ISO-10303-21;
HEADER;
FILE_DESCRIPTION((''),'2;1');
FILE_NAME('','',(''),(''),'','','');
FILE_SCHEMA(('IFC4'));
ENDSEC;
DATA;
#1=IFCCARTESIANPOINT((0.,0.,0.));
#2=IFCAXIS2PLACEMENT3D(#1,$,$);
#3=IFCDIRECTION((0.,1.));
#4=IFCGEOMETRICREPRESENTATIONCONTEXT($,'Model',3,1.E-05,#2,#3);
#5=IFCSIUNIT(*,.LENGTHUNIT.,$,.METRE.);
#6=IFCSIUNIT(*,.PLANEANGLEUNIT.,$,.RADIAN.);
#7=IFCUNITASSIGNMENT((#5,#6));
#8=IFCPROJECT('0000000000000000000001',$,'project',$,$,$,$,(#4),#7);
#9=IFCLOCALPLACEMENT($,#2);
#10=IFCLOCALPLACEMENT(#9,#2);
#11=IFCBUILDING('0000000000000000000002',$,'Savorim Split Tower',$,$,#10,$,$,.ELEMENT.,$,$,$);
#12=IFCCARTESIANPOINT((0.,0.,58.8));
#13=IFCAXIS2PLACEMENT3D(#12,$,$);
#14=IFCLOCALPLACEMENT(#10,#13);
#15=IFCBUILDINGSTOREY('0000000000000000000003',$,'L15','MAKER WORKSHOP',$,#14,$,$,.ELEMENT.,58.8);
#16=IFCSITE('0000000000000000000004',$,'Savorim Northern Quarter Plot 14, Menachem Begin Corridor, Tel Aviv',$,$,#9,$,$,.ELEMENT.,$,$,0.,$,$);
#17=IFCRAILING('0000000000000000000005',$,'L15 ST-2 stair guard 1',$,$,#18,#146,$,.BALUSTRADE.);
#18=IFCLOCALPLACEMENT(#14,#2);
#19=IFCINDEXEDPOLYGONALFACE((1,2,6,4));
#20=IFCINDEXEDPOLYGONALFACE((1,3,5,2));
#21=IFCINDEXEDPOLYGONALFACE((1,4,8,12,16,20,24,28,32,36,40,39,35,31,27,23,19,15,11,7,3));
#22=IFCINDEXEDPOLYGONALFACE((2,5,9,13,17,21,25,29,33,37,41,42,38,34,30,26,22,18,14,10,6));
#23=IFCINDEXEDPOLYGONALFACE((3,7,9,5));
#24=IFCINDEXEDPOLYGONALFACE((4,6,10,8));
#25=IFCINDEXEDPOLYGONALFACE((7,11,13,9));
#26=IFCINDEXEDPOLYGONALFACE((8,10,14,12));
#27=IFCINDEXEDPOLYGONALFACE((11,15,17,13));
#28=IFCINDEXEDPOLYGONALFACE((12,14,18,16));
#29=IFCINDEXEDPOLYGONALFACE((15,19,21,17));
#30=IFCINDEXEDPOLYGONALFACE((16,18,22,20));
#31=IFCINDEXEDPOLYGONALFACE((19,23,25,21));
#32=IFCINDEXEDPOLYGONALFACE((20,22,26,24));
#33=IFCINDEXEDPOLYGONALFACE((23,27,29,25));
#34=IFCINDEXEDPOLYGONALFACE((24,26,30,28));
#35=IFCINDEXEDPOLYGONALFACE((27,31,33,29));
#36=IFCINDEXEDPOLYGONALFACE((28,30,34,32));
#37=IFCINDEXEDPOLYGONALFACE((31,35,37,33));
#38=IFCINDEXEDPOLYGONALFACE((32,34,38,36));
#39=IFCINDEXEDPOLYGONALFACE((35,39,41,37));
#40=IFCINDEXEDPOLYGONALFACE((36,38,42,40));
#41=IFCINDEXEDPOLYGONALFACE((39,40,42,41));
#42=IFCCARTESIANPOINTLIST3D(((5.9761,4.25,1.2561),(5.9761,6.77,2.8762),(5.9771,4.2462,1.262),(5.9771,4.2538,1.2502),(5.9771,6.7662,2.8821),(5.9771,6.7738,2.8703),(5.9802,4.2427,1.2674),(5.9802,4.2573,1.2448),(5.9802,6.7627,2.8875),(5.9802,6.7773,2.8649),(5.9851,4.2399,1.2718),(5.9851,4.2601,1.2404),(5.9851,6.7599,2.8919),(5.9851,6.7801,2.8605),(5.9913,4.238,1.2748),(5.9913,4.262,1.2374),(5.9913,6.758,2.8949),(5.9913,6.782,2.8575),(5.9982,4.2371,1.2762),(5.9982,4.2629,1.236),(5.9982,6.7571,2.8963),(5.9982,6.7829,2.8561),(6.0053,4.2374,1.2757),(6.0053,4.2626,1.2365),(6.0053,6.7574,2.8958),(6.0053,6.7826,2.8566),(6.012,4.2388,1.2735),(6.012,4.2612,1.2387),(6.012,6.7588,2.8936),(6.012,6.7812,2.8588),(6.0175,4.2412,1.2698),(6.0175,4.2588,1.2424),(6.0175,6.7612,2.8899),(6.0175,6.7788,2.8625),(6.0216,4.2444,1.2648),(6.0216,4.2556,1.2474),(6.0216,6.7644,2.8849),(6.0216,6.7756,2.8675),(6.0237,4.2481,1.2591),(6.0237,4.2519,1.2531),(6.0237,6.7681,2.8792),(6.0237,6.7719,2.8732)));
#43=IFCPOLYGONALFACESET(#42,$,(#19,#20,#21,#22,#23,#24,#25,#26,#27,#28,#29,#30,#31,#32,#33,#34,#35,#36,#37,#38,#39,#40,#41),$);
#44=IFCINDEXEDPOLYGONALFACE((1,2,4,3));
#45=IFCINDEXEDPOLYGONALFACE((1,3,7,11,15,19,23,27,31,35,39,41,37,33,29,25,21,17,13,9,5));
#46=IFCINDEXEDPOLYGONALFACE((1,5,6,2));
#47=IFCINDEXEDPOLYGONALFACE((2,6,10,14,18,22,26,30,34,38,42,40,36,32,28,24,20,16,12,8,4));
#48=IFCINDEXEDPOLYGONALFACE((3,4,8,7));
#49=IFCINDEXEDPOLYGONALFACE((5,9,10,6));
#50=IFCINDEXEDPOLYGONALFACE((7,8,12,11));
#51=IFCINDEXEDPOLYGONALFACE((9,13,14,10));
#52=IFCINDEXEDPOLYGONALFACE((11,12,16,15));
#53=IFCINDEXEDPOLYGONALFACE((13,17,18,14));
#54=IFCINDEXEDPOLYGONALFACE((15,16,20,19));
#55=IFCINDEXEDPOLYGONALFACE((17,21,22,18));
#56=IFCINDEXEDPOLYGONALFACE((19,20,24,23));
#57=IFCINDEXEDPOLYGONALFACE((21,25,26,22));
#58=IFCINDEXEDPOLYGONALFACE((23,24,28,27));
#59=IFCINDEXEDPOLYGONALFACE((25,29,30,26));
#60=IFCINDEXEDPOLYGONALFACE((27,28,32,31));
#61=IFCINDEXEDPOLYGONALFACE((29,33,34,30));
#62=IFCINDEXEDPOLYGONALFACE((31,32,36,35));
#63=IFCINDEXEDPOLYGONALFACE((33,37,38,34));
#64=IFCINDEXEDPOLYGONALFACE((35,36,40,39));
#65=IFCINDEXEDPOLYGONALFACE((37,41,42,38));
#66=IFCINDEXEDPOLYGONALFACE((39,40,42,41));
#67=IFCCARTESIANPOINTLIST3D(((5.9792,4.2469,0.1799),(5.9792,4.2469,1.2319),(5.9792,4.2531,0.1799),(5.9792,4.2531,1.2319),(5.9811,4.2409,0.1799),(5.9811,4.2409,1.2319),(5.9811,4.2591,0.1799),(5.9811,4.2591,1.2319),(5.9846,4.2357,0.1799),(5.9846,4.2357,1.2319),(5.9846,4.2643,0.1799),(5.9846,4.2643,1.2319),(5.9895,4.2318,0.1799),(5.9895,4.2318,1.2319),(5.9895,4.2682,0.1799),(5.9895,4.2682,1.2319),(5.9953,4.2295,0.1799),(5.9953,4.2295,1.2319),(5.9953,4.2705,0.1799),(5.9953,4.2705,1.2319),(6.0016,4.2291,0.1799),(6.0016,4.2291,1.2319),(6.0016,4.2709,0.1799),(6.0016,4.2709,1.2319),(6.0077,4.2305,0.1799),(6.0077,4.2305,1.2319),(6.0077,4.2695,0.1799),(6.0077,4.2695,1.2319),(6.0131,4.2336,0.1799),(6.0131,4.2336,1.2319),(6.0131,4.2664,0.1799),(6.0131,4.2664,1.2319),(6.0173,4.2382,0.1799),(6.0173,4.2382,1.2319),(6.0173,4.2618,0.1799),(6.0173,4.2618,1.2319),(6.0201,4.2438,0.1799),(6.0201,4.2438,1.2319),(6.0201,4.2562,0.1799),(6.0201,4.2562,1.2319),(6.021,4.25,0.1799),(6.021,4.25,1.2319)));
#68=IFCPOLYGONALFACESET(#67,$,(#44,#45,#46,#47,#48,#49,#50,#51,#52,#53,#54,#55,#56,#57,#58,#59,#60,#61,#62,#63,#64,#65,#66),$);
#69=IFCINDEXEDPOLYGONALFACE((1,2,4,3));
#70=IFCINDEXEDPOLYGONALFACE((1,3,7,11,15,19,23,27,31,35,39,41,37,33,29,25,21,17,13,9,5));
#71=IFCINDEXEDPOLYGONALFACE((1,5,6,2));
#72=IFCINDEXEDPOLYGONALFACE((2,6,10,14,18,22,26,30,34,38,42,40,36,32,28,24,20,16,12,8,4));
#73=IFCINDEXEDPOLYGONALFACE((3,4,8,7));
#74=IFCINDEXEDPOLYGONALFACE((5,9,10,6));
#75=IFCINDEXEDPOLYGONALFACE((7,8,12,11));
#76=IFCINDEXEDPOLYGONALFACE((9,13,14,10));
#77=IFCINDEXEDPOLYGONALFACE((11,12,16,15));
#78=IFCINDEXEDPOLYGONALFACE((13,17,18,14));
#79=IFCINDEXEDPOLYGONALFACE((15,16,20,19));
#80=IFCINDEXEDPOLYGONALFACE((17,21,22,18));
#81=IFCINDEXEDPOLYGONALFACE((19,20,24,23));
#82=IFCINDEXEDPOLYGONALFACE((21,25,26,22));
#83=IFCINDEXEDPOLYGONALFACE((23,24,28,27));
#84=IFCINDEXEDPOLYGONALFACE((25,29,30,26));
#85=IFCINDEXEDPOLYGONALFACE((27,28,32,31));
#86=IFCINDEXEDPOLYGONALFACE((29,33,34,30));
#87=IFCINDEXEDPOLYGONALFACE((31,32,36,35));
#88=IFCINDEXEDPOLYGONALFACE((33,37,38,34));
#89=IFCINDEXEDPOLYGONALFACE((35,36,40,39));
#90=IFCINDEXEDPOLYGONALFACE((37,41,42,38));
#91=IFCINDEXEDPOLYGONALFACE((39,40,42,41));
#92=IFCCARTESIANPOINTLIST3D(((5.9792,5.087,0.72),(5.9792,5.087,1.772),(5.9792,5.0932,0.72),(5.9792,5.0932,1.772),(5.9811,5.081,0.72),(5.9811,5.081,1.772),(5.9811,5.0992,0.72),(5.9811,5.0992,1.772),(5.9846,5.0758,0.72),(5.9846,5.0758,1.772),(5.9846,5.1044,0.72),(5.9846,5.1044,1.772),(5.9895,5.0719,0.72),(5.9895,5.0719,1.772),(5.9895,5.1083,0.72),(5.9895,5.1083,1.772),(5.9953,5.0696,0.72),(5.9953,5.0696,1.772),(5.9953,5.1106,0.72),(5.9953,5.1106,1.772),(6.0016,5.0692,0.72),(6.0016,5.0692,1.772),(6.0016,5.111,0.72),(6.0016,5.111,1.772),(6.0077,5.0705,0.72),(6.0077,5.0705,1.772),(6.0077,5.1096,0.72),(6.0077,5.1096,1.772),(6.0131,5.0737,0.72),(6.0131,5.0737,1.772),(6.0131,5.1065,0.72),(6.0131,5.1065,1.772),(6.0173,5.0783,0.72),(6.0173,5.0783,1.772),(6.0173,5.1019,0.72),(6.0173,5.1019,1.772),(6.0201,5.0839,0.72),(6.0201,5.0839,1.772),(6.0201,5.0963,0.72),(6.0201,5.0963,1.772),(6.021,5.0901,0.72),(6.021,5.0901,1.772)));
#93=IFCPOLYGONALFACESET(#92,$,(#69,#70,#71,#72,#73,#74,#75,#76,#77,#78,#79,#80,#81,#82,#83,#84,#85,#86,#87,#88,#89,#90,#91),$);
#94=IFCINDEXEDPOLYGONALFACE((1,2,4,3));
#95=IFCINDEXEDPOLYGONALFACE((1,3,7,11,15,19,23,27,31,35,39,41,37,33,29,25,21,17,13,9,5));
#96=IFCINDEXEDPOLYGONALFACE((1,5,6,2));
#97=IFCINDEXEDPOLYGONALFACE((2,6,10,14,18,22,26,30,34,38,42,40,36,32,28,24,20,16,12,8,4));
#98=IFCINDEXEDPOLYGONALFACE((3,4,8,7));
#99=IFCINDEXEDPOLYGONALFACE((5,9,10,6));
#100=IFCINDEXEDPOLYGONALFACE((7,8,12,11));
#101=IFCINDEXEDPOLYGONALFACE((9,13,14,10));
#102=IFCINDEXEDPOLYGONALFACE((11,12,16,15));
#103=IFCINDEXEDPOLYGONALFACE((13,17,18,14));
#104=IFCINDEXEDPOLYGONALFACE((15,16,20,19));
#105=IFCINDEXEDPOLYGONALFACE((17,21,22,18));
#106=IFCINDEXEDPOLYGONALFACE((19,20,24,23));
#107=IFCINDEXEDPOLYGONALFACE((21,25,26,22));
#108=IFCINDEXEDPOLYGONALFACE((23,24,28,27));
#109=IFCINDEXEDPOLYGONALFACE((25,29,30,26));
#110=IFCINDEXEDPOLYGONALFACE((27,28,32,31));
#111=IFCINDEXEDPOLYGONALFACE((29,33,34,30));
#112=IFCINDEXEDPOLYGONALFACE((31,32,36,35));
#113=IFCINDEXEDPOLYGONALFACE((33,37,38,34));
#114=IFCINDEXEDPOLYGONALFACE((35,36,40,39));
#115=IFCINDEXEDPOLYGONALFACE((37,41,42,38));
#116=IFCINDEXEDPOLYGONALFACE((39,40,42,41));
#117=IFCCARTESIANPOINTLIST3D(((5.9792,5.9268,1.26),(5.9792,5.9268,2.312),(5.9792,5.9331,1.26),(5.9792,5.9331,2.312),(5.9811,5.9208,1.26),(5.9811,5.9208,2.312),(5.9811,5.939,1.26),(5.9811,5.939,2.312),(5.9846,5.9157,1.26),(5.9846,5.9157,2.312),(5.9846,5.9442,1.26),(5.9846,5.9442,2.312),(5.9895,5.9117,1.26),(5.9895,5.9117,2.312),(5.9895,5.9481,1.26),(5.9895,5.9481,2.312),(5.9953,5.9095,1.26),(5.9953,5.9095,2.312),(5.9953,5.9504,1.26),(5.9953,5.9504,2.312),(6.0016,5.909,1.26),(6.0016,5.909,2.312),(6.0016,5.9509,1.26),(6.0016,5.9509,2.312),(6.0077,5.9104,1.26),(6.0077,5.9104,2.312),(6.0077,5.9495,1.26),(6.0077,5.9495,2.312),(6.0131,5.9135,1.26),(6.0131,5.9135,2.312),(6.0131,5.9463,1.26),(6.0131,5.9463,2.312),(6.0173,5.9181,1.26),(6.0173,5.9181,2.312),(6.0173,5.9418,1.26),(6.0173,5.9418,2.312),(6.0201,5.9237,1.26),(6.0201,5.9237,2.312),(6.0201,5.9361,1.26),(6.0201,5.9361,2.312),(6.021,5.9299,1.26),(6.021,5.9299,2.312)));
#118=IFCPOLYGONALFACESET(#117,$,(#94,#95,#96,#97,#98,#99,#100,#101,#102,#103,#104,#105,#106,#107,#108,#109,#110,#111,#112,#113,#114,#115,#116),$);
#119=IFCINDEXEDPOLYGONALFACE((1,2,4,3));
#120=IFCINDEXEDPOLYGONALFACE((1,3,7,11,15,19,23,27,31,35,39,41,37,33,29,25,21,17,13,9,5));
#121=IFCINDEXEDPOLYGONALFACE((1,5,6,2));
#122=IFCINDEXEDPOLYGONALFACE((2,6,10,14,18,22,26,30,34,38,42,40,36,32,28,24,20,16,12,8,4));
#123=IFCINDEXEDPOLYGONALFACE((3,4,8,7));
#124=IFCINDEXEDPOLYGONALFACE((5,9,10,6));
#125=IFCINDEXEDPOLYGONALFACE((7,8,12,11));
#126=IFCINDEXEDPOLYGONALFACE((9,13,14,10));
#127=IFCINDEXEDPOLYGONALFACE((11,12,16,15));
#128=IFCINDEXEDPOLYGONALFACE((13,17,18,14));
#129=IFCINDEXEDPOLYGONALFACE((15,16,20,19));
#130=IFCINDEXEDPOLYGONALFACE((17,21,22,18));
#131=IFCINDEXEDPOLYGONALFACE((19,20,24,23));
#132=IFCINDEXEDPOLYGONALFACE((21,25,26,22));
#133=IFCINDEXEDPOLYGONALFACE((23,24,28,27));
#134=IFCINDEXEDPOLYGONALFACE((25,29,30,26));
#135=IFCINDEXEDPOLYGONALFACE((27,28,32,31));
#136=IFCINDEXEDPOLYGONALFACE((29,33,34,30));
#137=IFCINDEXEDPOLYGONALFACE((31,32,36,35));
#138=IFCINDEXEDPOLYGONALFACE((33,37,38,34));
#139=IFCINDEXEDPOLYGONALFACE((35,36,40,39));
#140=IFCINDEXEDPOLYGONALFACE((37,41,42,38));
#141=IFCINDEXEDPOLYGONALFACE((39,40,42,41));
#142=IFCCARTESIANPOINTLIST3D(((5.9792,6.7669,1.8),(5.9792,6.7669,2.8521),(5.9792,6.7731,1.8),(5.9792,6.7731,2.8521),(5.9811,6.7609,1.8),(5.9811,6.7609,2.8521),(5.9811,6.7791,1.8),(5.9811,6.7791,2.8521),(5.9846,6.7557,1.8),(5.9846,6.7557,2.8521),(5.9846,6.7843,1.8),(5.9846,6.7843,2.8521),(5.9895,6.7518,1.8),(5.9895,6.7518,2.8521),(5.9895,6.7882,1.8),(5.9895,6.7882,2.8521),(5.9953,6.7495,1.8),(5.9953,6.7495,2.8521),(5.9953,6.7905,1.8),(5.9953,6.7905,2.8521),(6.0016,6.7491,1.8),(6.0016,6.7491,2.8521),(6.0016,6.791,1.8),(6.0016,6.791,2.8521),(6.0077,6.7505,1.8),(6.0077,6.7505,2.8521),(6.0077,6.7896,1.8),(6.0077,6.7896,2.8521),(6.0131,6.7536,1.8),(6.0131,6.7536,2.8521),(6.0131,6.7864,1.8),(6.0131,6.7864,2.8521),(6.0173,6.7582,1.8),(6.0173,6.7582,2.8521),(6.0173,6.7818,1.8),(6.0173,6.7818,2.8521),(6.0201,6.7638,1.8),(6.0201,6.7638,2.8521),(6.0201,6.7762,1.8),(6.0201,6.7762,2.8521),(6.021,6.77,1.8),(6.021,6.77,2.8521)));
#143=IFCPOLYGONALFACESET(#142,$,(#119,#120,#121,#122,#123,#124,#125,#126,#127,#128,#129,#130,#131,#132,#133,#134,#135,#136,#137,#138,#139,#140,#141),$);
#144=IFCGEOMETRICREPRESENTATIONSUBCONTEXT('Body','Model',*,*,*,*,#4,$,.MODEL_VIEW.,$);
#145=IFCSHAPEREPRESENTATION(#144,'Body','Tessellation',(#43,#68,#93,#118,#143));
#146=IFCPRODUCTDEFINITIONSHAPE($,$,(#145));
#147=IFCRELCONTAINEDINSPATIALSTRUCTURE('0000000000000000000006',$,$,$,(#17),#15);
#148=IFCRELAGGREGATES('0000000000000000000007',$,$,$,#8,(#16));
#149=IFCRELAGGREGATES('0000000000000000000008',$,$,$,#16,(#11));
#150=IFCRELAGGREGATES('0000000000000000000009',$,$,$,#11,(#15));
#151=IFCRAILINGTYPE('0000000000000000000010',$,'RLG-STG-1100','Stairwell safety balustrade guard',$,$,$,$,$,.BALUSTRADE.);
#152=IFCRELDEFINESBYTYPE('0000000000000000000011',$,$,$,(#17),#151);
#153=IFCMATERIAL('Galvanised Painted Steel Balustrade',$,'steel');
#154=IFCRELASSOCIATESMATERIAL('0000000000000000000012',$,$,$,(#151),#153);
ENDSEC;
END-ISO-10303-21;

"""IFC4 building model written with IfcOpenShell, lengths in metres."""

from ifc_helpers import new_model, si_unit, direction, frame, origin, origin_2d, place, context, subcontext, project, spatial, circle, extrude, material, type_object, element, save


model = new_model("IFC4")

# Units and contexts
model_context = context("Model", 3, precision=1e-05, world=origin(), true_north=direction((0.0, 1.0)))
body_context = subcontext(model_context, "Body", "Model", "MODEL_VIEW")
ifc_project = project(units=[si_unit("LENGTHUNIT", "METRE"), si_unit("PLANEANGLEUNIT", "RADIAN")], contexts=[model_context])

# Site, building, storey
site_placement = place(None, origin())
site = spatial("IfcSite", under=ifc_project, at=site_placement, Name="Savorim Northern Quarter Plot 14, Menachem Begin Corridor, Tel Aviv", CompositionType="ELEMENT", RefElevation=0.0)
building_placement = place(site_placement, origin())
building = spatial("IfcBuilding", under=site, at=building_placement, Name="Savorim Split Tower", CompositionType="ELEMENT")
storey_placement = place(building_placement, frame((0.0, 0.0, 58.8)))
storey = spatial("IfcBuildingStorey", under=building, at=storey_placement, Name="L15", Description="MAKER WORKSHOP", CompositionType="ELEMENT", Elevation=58.8)

# Railing
ifc_material_1 = material(Name="Galvanised Painted Steel Balustrade", Category="steel")
railing_type_1 = type_object("IfcRailingType", Name="RLG-STG-1100", Description="Stairwell safety balustrade guard", PredefinedType="BALUSTRADE", material=ifc_material_1)
railing_1_placement = place(storey_placement, frame((6.0, 4.25, 0.1799)))
element("IfcRailing", 1, at=railing_1_placement, inside=storey, type_object=railing_type_1, Name="L15 ST-2 stair guard 1", PredefinedType="BALUSTRADE", context=body_context, shape_type="SweptSolid", body=[
    extrude(circle(Radius=0.0239, at=origin_2d()), frame((0.0, 0.0, 1.0762), z_axis=(0.0, 0.841163, 0.540782), x_axis=(-1.0, 0.0, 0.0)), (0.0, 0.0, 1.0), 2.9958),
    extrude(circle(Radius=0.021, at=origin_2d()), origin(), (0.0, 0.0, 1.0), 1.052),
    extrude(circle(Radius=0.021, at=origin_2d()), frame((0.0, 0.8401, 0.54)), (0.0, 0.0, 1.0), 1.052),
    extrude(circle(Radius=0.021, at=origin_2d()), frame((0.0, 1.6799, 1.0801)), (0.0, 0.0, 1.0), 1.052),
    extrude(circle(Radius=0.021, at=origin_2d()), frame((0.0, 2.52, 1.6201)), (0.0, 0.0, 1.0), 1.052),
])

save(model, "model.ifc")
